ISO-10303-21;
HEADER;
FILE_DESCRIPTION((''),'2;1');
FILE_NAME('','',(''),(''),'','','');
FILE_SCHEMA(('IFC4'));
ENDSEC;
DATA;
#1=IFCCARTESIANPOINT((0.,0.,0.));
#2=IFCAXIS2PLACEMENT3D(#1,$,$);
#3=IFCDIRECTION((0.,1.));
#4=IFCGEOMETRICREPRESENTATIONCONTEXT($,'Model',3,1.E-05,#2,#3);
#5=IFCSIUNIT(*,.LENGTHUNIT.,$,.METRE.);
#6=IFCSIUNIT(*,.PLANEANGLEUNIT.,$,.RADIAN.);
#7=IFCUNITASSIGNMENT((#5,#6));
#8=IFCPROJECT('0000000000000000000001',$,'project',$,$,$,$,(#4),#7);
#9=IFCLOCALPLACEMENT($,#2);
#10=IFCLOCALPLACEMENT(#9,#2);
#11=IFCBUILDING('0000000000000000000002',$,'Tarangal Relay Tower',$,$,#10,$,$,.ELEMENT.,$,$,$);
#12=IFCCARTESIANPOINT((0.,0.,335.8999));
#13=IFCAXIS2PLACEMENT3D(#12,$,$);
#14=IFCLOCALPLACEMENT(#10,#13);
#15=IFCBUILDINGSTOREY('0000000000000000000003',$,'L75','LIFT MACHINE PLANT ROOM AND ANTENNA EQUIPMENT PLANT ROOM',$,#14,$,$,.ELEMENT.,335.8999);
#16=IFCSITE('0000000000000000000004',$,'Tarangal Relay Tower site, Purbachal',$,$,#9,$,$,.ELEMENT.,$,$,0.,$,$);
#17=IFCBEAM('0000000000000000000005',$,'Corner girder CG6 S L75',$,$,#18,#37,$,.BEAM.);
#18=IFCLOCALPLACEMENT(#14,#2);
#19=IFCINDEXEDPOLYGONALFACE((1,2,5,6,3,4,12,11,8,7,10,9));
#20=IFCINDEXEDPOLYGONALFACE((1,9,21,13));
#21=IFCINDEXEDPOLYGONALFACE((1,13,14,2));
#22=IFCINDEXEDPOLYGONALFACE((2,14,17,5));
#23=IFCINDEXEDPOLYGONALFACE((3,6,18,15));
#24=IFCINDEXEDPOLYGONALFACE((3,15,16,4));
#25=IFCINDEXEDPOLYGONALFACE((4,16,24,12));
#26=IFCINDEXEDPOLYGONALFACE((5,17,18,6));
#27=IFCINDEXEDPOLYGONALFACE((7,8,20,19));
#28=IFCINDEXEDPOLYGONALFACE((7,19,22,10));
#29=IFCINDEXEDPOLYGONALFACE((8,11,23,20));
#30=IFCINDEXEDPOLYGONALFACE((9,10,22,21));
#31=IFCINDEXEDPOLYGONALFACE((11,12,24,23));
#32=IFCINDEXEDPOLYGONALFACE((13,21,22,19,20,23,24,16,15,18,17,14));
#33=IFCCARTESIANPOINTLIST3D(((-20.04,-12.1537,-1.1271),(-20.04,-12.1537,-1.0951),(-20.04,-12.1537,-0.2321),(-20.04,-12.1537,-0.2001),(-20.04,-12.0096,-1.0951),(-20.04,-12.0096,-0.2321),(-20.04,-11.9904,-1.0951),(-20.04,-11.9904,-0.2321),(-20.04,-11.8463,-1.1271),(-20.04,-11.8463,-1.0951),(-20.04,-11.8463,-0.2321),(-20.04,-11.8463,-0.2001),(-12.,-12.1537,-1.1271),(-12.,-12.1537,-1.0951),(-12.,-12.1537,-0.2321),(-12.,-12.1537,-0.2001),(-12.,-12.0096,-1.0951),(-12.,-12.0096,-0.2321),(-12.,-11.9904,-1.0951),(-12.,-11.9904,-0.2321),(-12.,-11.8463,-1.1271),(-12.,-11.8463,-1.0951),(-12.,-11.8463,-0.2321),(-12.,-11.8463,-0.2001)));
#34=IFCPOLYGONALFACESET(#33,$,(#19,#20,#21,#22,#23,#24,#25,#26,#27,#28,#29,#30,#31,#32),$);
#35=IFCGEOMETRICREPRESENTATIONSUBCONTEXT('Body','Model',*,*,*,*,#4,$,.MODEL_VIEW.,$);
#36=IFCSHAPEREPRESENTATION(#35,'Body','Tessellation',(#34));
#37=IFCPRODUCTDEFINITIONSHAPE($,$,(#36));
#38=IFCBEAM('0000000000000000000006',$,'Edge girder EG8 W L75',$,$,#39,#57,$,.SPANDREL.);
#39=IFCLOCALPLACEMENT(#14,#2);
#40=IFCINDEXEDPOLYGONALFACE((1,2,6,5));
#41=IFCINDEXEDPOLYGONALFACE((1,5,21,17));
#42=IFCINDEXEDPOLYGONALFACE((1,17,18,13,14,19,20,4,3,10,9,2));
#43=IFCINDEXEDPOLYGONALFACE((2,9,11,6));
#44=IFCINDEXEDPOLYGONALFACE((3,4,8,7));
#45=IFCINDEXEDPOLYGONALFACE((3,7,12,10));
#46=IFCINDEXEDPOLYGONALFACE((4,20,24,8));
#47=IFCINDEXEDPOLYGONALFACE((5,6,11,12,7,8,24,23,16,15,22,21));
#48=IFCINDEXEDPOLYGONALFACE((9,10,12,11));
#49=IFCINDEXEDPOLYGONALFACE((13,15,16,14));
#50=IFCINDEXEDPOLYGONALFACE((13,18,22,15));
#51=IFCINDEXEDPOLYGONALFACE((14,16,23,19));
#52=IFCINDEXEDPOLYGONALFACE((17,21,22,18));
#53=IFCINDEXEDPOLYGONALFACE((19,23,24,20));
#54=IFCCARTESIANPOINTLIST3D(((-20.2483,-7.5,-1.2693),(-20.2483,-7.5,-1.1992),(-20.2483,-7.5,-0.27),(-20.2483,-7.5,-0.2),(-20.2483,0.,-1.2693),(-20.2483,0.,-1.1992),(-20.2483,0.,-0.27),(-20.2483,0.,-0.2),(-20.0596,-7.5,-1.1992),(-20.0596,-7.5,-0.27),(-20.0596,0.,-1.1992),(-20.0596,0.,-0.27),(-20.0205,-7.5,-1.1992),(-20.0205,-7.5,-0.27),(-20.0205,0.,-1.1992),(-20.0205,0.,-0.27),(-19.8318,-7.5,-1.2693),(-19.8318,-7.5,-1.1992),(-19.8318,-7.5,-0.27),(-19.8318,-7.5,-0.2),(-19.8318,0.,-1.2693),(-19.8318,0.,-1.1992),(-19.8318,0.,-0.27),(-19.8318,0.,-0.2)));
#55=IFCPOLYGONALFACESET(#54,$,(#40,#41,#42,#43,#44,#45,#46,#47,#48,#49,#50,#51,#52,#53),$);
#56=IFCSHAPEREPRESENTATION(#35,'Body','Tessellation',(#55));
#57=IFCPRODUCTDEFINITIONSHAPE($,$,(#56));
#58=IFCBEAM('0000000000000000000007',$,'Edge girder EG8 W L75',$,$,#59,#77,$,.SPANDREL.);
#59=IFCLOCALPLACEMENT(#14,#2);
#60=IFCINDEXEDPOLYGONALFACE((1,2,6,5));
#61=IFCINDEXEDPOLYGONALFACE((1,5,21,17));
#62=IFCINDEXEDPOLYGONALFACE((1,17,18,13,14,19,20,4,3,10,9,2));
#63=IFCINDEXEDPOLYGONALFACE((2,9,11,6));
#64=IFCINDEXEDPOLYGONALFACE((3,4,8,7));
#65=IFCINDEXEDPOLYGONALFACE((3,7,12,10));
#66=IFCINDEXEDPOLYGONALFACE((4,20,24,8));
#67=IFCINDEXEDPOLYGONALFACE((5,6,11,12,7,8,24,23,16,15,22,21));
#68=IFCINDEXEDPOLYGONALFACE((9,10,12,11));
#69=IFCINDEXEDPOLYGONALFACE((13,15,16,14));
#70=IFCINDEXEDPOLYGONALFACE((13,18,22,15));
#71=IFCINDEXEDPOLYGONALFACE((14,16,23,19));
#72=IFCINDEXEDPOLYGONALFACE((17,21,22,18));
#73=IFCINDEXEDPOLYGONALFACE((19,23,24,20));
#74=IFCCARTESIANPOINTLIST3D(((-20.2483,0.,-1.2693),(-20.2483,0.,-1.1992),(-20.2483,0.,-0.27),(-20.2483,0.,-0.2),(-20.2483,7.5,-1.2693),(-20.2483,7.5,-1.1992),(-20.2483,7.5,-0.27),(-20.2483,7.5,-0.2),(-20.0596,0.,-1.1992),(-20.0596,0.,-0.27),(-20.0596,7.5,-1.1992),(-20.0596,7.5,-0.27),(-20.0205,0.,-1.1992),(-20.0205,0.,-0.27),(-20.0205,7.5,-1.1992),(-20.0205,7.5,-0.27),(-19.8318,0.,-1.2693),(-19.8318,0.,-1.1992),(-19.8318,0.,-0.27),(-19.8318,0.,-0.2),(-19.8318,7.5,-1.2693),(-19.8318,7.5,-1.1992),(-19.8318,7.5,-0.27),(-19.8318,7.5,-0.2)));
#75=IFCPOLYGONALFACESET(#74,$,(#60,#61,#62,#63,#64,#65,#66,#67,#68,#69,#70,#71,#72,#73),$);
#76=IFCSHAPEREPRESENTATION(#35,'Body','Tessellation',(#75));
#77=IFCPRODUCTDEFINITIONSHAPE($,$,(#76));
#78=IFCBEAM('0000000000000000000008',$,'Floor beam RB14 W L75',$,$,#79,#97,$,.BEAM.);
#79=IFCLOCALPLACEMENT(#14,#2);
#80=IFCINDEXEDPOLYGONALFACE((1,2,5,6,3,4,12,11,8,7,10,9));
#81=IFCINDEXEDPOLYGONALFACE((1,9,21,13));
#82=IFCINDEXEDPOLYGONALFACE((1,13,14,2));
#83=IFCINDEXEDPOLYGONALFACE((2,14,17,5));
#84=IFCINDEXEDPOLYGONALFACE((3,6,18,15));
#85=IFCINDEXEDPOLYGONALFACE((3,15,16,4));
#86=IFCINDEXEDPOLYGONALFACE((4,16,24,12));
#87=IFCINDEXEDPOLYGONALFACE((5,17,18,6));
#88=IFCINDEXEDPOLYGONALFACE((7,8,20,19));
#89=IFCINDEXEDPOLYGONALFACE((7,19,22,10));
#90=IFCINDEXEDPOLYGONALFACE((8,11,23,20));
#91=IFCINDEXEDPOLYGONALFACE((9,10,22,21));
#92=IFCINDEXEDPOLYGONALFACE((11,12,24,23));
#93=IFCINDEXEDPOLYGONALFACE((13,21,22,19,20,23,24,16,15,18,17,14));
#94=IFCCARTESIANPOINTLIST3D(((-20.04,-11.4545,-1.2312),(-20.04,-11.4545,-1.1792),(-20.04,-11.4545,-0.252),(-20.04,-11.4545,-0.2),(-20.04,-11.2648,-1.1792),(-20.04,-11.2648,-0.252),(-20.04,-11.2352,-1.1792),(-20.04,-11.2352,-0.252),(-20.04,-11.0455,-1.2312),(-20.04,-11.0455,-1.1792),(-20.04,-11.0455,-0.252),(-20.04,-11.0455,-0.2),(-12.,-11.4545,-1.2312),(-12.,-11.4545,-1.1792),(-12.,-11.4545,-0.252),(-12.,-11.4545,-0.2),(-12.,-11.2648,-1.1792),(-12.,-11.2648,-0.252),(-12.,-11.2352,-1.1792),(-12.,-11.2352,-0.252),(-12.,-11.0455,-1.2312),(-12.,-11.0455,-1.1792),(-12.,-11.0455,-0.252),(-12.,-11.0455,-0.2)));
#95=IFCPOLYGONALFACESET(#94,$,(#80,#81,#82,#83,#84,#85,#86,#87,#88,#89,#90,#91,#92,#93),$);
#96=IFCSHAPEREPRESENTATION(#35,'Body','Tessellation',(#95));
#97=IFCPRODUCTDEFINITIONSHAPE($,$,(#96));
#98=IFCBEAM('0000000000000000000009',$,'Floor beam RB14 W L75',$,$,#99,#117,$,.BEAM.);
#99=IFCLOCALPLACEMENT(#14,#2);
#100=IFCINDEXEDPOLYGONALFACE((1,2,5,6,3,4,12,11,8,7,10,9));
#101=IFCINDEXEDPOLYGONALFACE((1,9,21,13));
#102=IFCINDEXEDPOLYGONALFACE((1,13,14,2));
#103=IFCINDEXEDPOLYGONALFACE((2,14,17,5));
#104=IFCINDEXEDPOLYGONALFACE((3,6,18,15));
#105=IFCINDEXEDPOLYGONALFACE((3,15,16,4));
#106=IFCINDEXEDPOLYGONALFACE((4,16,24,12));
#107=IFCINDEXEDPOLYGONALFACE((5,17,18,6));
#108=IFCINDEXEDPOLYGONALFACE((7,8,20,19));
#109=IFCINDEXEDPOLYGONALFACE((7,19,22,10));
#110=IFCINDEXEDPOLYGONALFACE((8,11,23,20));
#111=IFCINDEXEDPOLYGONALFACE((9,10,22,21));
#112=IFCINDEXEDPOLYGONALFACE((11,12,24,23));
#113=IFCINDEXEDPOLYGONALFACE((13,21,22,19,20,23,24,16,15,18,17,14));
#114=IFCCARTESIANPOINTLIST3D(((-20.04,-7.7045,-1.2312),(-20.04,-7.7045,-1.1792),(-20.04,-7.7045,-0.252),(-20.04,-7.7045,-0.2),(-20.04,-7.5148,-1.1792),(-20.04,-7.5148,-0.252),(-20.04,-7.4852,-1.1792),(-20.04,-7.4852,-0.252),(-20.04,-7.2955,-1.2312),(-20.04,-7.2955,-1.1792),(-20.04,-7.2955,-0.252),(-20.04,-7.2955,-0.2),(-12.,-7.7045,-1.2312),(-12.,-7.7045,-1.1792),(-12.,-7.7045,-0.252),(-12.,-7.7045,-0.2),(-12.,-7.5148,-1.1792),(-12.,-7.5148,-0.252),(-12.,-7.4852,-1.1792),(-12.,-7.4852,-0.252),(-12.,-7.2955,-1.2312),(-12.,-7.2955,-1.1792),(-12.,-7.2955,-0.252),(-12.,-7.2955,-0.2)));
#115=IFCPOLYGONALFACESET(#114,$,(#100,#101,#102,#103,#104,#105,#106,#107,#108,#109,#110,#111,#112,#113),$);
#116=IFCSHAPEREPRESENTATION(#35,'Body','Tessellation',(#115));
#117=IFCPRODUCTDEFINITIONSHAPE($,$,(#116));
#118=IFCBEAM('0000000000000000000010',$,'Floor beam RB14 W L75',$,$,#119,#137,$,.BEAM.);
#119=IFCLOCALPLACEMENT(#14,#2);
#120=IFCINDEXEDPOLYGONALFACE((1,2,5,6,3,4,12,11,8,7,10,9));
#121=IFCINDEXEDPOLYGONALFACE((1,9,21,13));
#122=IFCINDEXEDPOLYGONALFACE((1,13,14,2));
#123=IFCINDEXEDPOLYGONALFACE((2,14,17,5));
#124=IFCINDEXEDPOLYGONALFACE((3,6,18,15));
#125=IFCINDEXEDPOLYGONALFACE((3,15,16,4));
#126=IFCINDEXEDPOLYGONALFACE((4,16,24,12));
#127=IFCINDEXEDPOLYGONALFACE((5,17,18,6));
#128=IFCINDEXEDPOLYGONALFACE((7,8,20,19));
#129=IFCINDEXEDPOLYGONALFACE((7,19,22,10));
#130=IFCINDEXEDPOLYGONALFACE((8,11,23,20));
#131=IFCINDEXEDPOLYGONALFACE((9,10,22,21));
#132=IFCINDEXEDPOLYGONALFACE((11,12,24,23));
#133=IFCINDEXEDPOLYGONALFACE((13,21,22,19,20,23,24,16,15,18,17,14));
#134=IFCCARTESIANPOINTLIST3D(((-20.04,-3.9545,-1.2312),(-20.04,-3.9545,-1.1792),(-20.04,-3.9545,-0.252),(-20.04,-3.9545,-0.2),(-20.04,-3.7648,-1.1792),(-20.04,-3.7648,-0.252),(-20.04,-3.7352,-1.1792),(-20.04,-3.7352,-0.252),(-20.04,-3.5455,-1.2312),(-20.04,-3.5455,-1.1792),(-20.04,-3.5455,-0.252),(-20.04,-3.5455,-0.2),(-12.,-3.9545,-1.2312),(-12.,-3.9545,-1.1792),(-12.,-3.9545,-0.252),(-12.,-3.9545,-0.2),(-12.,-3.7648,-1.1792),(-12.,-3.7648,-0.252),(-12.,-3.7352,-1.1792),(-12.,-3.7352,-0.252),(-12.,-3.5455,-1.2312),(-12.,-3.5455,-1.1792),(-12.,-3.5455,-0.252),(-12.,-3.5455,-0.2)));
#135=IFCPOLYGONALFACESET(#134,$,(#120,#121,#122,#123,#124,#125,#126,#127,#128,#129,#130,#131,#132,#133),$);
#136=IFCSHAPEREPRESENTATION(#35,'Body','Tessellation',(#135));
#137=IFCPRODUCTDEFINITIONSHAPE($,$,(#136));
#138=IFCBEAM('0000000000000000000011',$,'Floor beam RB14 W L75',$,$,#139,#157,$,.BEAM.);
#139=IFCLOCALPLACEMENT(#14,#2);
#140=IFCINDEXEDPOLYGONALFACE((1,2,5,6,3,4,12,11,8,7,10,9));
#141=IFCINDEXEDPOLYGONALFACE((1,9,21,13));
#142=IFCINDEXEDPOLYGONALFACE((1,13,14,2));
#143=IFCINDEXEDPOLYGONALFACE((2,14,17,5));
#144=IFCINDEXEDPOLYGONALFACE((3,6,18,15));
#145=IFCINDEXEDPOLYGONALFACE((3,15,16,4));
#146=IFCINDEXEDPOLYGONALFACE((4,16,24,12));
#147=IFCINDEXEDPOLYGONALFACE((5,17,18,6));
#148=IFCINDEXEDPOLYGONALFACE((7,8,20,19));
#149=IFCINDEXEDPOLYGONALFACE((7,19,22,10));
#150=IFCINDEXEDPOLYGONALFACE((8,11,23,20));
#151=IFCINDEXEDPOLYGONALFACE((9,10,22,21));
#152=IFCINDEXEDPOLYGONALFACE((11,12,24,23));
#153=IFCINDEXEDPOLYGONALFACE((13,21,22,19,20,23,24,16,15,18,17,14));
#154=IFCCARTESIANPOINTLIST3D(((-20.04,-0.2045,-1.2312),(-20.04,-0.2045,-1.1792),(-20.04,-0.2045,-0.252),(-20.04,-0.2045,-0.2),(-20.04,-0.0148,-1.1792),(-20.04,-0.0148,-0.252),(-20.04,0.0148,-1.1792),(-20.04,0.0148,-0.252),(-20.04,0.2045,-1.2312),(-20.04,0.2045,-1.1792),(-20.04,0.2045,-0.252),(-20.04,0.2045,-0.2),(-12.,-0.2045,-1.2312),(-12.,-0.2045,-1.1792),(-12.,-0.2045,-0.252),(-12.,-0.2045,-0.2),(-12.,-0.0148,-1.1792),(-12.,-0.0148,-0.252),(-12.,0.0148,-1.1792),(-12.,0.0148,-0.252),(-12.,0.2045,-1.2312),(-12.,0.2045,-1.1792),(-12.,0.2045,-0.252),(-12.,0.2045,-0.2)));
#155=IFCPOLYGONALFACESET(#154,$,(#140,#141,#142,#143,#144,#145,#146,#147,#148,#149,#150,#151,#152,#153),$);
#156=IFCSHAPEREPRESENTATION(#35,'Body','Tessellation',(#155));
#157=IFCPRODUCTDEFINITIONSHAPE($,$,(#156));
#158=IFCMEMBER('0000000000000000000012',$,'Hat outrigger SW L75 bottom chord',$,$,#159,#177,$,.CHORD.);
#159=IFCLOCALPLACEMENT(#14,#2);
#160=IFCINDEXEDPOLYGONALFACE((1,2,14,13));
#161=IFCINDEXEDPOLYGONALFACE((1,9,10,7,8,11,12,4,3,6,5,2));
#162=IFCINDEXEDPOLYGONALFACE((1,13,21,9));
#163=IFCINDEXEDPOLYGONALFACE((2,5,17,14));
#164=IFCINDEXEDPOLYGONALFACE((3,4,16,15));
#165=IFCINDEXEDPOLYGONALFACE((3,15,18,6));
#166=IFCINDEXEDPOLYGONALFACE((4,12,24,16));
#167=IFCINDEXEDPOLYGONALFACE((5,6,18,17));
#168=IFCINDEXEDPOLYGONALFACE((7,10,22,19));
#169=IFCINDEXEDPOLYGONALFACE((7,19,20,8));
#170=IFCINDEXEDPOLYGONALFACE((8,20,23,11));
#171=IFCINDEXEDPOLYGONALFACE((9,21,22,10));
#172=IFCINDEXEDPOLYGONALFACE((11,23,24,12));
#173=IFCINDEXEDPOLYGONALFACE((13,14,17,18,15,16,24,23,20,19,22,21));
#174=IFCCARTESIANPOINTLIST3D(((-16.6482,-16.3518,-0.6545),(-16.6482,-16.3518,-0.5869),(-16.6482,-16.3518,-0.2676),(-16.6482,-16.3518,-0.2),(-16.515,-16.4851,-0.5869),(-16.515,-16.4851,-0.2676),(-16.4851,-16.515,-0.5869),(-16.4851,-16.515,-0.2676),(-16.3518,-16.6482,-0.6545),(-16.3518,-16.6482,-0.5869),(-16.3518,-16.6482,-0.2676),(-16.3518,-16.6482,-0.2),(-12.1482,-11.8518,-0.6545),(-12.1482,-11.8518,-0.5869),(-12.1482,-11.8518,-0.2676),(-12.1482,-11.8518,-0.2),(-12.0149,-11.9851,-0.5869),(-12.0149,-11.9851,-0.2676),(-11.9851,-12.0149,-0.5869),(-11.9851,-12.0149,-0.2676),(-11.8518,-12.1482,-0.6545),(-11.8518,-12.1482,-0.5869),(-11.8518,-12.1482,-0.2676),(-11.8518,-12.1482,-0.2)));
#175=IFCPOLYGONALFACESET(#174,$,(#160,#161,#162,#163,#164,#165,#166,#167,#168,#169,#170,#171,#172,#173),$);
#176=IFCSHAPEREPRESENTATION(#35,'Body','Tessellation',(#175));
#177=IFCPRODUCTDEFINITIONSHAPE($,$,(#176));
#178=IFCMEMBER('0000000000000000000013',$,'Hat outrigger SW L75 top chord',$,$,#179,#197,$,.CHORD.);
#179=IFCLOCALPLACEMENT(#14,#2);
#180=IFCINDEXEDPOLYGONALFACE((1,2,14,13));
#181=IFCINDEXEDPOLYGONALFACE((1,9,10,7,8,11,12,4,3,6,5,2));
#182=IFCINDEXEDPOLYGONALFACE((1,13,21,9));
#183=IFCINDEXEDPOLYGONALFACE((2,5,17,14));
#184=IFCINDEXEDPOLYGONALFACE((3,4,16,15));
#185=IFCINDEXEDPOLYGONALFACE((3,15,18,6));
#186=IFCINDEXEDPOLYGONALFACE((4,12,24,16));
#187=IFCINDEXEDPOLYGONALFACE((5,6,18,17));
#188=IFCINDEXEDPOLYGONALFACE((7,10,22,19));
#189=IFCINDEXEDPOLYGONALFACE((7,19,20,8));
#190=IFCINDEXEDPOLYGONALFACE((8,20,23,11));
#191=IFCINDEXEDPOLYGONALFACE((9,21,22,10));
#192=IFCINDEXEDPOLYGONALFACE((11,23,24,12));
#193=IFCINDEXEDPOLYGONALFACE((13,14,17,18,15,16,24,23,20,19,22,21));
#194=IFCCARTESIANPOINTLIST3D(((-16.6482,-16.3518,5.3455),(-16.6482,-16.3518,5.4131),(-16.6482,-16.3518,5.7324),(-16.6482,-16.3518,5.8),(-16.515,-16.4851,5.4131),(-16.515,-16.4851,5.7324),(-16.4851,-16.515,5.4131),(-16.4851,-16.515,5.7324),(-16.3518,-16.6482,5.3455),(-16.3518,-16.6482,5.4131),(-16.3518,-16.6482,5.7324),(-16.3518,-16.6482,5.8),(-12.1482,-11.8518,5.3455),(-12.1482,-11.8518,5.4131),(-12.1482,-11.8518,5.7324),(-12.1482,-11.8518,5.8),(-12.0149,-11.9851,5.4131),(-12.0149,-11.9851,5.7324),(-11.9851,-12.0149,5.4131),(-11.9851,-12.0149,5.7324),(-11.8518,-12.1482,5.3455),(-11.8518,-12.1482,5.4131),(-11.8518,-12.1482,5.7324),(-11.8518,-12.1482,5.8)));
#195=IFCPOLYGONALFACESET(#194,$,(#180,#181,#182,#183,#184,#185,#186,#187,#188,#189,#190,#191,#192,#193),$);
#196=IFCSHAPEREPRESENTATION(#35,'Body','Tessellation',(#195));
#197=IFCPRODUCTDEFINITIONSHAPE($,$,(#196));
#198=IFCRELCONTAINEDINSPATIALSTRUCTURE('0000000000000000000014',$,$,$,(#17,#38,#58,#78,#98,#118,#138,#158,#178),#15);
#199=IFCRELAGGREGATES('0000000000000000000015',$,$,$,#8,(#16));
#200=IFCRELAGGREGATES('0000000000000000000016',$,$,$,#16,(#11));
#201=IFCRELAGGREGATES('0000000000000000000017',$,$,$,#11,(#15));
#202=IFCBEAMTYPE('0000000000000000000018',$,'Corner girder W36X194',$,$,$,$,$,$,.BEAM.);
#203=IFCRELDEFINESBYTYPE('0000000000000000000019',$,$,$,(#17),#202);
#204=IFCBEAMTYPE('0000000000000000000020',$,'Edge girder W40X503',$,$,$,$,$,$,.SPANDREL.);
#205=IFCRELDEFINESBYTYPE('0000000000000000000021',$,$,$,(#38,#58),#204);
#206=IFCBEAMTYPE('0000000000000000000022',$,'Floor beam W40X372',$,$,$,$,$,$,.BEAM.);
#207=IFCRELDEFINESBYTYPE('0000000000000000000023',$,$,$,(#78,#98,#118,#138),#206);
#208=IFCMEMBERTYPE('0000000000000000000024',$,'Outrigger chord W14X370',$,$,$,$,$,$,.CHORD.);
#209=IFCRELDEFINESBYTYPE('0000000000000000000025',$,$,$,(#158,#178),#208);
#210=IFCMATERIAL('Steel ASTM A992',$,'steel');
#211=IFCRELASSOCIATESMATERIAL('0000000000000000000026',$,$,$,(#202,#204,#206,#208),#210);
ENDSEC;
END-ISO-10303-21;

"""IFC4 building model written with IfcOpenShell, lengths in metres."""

from ifc_helpers import new_model, si_unit, direction, frame, origin, origin_2d, place, context, subcontext, project, spatial, i_section, extrude, material, material_profile, profile_set, type_object, element, save


model = new_model("IFC4")

# Units and contexts
model_context = context("Model", 3, precision=1e-05, world=origin(), true_north=direction((0.0, 1.0)))
body_context = subcontext(model_context, "Body", "Model", "MODEL_VIEW")
ifc_project = project(units=[si_unit("LENGTHUNIT", "METRE"), si_unit("PLANEANGLEUNIT", "RADIAN")], contexts=[model_context])

# Site, building, storey
site_placement = place(None, origin())
site = spatial("IfcSite", under=ifc_project, at=site_placement, Name="Tarangal Relay Tower site, Purbachal", CompositionType="ELEMENT", RefElevation=0.0)
building_placement = place(site_placement, origin())
building = spatial("IfcBuilding", under=site, at=building_placement, Name="Tarangal Relay Tower", CompositionType="ELEMENT")
storey_placement = place(building_placement, frame((0.0, 0.0, 335.8999)))
storey = spatial("IfcBuildingStorey", under=building, at=storey_placement, Name="L75", Description="LIFT MACHINE PLANT ROOM AND ANTENNA EQUIPMENT PLANT ROOM", CompositionType="ELEMENT", Elevation=335.8999)

# Shared definitions
ifc_material_1 = material(Name="Steel ASTM A992", Category="steel")

# Beams
ifc_material_profile_1 = material_profile(ifc_material_1, i_section(OverallWidth=0.3074, OverallDepth=0.927, WebThickness=0.0193, FlangeThickness=0.032, at=origin_2d()), Name="W36X194")
ifc_profile_set_1 = profile_set([ifc_material_profile_1], Name="Steel ASTM A992")
beam_type_1 = type_object("IfcBeamType", Name="Corner girder W36X194", PredefinedType="BEAM", material=ifc_profile_set_1)
beam_placement = place(storey_placement, frame((-12.0, -12.0, -0.6636), z_axis=(-1.0, 0.0, 0.0), x_axis=(0.0, -1.0, 0.0)))
element("IfcBeam", 1, at=beam_placement, inside=storey, type_object=beam_type_1, Name="Corner girder CG6 S L75", PredefinedType="BEAM", context=body_context, shape_type="SweptSolid", body=[
    extrude(i_section(OverallWidth=0.3074, OverallDepth=0.927, WebThickness=0.0193, FlangeThickness=0.032, at=origin_2d()), origin(), (0.0, 0.0, 1.0), 8.04),
])
ifc_material_profile_2 = material_profile(ifc_material_1, i_section(OverallWidth=0.4165, OverallDepth=1.0693, WebThickness=0.0391, FlangeThickness=0.0701, at=origin_2d()), Name="W40X503")
ifc_profile_set_2 = profile_set([ifc_material_profile_2], Name="Steel ASTM A992")
beam_type_2 = type_object("IfcBeamType", Name="Edge girder W40X503", PredefinedType="SPANDREL", material=ifc_profile_set_2)
for number, where, z_axis, x_axis, name in (
    (2, (-20.04, -7.5, -0.7346), (0.0, 1.0, 0.0), (-1.0, 0.0, 0.0), "Edge girder EG8 W L75"),
    (3, (-20.04, 0.0, -0.7346), (0.0, 1.0, 0.0), (-1.0, 0.0, 0.0), "Edge girder EG8 W L75"),
):
    element("IfcBeam", number, at=place(storey_placement, frame(where, z_axis=z_axis, x_axis=x_axis)), inside=storey, type_object=beam_type_2, Name=name, PredefinedType="SPANDREL", context=body_context, shape_type="SweptSolid", body=[
        extrude(i_section(OverallWidth=0.4165, OverallDepth=1.0693, WebThickness=0.0391, FlangeThickness=0.0701, at=origin_2d()), origin(), (0.0, 0.0, 1.0), 7.5),
    ])
ifc_material_profile_3 = material_profile(ifc_material_1, i_section(OverallWidth=0.4089, OverallDepth=1.0312, WebThickness=0.0295, FlangeThickness=0.052, at=origin_2d()), Name="W40X372")
ifc_profile_set_3 = profile_set([ifc_material_profile_3], Name="Steel ASTM A992")
beam_type_3 = type_object("IfcBeamType", Name="Floor beam W40X372", PredefinedType="BEAM", material=ifc_profile_set_3)
for number, where, z_axis, x_axis, name in (
    (4, (-12.0, -11.25, -0.7156), (-1.0, 0.0, 0.0), (0.0, -1.0, 0.0), "Floor beam RB14 W L75"),
    (5, (-12.0, -7.5, -0.7156), (-1.0, 0.0, 0.0), (0.0, -1.0, 0.0), "Floor beam RB14 W L75"),
    (6, (-12.0, -3.75, -0.7156), (-1.0, 0.0, 0.0), (0.0, -1.0, 0.0), "Floor beam RB14 W L75"),
    (7, (-12.0, 0.0, -0.7156), (-1.0, 0.0, 0.0), (0.0, -1.0, 0.0), "Floor beam RB14 W L75"),
):
    element("IfcBeam", number, at=place(storey_placement, frame(where, z_axis=z_axis, x_axis=x_axis)), inside=storey, type_object=beam_type_3, Name=name, PredefinedType="BEAM", context=body_context, shape_type="SweptSolid", body=[
        extrude(i_section(OverallWidth=0.4089, OverallDepth=1.0312, WebThickness=0.0295, FlangeThickness=0.052, at=origin_2d()), origin(), (0.0, 0.0, 1.0), 8.04),
    ])

# Members
ifc_material_profile_4 = material_profile(ifc_material_1, i_section(OverallWidth=0.4192, OverallDepth=0.4546, WebThickness=0.0422, FlangeThickness=0.0676, at=origin_2d()), Name="W14X370")
ifc_profile_set_4 = profile_set([ifc_material_profile_4], Name="Steel ASTM A992")
member_type_1 = type_object("IfcMemberType", Name="Outrigger chord W14X370", PredefinedType="CHORD", material=ifc_profile_set_4)
for number, where, z_axis, x_axis, name in (
    (8, (-12.0, -12.0, -0.4272), (-0.707107, -0.707107, 0.0), (0.707107, -0.707107, 0.0), "Hat outrigger SW L75 bottom chord"),
    (9, (-12.0, -12.0, 5.5728), (-0.707107, -0.707107, 0.0), (0.707107, -0.707107, 0.0), "Hat outrigger SW L75 top chord"),
):
    element("IfcMember", number, at=place(storey_placement, frame(where, z_axis=z_axis, x_axis=x_axis)), inside=storey, type_object=member_type_1, Name=name, PredefinedType="CHORD", context=body_context, shape_type="SweptSolid", body=[
        extrude(i_section(OverallWidth=0.4192, OverallDepth=0.4546, WebThickness=0.0422, FlangeThickness=0.0676, at=origin_2d()), origin(), (0.0, 0.0, 1.0), 6.364),
    ])

save(model, "model.ifc")
